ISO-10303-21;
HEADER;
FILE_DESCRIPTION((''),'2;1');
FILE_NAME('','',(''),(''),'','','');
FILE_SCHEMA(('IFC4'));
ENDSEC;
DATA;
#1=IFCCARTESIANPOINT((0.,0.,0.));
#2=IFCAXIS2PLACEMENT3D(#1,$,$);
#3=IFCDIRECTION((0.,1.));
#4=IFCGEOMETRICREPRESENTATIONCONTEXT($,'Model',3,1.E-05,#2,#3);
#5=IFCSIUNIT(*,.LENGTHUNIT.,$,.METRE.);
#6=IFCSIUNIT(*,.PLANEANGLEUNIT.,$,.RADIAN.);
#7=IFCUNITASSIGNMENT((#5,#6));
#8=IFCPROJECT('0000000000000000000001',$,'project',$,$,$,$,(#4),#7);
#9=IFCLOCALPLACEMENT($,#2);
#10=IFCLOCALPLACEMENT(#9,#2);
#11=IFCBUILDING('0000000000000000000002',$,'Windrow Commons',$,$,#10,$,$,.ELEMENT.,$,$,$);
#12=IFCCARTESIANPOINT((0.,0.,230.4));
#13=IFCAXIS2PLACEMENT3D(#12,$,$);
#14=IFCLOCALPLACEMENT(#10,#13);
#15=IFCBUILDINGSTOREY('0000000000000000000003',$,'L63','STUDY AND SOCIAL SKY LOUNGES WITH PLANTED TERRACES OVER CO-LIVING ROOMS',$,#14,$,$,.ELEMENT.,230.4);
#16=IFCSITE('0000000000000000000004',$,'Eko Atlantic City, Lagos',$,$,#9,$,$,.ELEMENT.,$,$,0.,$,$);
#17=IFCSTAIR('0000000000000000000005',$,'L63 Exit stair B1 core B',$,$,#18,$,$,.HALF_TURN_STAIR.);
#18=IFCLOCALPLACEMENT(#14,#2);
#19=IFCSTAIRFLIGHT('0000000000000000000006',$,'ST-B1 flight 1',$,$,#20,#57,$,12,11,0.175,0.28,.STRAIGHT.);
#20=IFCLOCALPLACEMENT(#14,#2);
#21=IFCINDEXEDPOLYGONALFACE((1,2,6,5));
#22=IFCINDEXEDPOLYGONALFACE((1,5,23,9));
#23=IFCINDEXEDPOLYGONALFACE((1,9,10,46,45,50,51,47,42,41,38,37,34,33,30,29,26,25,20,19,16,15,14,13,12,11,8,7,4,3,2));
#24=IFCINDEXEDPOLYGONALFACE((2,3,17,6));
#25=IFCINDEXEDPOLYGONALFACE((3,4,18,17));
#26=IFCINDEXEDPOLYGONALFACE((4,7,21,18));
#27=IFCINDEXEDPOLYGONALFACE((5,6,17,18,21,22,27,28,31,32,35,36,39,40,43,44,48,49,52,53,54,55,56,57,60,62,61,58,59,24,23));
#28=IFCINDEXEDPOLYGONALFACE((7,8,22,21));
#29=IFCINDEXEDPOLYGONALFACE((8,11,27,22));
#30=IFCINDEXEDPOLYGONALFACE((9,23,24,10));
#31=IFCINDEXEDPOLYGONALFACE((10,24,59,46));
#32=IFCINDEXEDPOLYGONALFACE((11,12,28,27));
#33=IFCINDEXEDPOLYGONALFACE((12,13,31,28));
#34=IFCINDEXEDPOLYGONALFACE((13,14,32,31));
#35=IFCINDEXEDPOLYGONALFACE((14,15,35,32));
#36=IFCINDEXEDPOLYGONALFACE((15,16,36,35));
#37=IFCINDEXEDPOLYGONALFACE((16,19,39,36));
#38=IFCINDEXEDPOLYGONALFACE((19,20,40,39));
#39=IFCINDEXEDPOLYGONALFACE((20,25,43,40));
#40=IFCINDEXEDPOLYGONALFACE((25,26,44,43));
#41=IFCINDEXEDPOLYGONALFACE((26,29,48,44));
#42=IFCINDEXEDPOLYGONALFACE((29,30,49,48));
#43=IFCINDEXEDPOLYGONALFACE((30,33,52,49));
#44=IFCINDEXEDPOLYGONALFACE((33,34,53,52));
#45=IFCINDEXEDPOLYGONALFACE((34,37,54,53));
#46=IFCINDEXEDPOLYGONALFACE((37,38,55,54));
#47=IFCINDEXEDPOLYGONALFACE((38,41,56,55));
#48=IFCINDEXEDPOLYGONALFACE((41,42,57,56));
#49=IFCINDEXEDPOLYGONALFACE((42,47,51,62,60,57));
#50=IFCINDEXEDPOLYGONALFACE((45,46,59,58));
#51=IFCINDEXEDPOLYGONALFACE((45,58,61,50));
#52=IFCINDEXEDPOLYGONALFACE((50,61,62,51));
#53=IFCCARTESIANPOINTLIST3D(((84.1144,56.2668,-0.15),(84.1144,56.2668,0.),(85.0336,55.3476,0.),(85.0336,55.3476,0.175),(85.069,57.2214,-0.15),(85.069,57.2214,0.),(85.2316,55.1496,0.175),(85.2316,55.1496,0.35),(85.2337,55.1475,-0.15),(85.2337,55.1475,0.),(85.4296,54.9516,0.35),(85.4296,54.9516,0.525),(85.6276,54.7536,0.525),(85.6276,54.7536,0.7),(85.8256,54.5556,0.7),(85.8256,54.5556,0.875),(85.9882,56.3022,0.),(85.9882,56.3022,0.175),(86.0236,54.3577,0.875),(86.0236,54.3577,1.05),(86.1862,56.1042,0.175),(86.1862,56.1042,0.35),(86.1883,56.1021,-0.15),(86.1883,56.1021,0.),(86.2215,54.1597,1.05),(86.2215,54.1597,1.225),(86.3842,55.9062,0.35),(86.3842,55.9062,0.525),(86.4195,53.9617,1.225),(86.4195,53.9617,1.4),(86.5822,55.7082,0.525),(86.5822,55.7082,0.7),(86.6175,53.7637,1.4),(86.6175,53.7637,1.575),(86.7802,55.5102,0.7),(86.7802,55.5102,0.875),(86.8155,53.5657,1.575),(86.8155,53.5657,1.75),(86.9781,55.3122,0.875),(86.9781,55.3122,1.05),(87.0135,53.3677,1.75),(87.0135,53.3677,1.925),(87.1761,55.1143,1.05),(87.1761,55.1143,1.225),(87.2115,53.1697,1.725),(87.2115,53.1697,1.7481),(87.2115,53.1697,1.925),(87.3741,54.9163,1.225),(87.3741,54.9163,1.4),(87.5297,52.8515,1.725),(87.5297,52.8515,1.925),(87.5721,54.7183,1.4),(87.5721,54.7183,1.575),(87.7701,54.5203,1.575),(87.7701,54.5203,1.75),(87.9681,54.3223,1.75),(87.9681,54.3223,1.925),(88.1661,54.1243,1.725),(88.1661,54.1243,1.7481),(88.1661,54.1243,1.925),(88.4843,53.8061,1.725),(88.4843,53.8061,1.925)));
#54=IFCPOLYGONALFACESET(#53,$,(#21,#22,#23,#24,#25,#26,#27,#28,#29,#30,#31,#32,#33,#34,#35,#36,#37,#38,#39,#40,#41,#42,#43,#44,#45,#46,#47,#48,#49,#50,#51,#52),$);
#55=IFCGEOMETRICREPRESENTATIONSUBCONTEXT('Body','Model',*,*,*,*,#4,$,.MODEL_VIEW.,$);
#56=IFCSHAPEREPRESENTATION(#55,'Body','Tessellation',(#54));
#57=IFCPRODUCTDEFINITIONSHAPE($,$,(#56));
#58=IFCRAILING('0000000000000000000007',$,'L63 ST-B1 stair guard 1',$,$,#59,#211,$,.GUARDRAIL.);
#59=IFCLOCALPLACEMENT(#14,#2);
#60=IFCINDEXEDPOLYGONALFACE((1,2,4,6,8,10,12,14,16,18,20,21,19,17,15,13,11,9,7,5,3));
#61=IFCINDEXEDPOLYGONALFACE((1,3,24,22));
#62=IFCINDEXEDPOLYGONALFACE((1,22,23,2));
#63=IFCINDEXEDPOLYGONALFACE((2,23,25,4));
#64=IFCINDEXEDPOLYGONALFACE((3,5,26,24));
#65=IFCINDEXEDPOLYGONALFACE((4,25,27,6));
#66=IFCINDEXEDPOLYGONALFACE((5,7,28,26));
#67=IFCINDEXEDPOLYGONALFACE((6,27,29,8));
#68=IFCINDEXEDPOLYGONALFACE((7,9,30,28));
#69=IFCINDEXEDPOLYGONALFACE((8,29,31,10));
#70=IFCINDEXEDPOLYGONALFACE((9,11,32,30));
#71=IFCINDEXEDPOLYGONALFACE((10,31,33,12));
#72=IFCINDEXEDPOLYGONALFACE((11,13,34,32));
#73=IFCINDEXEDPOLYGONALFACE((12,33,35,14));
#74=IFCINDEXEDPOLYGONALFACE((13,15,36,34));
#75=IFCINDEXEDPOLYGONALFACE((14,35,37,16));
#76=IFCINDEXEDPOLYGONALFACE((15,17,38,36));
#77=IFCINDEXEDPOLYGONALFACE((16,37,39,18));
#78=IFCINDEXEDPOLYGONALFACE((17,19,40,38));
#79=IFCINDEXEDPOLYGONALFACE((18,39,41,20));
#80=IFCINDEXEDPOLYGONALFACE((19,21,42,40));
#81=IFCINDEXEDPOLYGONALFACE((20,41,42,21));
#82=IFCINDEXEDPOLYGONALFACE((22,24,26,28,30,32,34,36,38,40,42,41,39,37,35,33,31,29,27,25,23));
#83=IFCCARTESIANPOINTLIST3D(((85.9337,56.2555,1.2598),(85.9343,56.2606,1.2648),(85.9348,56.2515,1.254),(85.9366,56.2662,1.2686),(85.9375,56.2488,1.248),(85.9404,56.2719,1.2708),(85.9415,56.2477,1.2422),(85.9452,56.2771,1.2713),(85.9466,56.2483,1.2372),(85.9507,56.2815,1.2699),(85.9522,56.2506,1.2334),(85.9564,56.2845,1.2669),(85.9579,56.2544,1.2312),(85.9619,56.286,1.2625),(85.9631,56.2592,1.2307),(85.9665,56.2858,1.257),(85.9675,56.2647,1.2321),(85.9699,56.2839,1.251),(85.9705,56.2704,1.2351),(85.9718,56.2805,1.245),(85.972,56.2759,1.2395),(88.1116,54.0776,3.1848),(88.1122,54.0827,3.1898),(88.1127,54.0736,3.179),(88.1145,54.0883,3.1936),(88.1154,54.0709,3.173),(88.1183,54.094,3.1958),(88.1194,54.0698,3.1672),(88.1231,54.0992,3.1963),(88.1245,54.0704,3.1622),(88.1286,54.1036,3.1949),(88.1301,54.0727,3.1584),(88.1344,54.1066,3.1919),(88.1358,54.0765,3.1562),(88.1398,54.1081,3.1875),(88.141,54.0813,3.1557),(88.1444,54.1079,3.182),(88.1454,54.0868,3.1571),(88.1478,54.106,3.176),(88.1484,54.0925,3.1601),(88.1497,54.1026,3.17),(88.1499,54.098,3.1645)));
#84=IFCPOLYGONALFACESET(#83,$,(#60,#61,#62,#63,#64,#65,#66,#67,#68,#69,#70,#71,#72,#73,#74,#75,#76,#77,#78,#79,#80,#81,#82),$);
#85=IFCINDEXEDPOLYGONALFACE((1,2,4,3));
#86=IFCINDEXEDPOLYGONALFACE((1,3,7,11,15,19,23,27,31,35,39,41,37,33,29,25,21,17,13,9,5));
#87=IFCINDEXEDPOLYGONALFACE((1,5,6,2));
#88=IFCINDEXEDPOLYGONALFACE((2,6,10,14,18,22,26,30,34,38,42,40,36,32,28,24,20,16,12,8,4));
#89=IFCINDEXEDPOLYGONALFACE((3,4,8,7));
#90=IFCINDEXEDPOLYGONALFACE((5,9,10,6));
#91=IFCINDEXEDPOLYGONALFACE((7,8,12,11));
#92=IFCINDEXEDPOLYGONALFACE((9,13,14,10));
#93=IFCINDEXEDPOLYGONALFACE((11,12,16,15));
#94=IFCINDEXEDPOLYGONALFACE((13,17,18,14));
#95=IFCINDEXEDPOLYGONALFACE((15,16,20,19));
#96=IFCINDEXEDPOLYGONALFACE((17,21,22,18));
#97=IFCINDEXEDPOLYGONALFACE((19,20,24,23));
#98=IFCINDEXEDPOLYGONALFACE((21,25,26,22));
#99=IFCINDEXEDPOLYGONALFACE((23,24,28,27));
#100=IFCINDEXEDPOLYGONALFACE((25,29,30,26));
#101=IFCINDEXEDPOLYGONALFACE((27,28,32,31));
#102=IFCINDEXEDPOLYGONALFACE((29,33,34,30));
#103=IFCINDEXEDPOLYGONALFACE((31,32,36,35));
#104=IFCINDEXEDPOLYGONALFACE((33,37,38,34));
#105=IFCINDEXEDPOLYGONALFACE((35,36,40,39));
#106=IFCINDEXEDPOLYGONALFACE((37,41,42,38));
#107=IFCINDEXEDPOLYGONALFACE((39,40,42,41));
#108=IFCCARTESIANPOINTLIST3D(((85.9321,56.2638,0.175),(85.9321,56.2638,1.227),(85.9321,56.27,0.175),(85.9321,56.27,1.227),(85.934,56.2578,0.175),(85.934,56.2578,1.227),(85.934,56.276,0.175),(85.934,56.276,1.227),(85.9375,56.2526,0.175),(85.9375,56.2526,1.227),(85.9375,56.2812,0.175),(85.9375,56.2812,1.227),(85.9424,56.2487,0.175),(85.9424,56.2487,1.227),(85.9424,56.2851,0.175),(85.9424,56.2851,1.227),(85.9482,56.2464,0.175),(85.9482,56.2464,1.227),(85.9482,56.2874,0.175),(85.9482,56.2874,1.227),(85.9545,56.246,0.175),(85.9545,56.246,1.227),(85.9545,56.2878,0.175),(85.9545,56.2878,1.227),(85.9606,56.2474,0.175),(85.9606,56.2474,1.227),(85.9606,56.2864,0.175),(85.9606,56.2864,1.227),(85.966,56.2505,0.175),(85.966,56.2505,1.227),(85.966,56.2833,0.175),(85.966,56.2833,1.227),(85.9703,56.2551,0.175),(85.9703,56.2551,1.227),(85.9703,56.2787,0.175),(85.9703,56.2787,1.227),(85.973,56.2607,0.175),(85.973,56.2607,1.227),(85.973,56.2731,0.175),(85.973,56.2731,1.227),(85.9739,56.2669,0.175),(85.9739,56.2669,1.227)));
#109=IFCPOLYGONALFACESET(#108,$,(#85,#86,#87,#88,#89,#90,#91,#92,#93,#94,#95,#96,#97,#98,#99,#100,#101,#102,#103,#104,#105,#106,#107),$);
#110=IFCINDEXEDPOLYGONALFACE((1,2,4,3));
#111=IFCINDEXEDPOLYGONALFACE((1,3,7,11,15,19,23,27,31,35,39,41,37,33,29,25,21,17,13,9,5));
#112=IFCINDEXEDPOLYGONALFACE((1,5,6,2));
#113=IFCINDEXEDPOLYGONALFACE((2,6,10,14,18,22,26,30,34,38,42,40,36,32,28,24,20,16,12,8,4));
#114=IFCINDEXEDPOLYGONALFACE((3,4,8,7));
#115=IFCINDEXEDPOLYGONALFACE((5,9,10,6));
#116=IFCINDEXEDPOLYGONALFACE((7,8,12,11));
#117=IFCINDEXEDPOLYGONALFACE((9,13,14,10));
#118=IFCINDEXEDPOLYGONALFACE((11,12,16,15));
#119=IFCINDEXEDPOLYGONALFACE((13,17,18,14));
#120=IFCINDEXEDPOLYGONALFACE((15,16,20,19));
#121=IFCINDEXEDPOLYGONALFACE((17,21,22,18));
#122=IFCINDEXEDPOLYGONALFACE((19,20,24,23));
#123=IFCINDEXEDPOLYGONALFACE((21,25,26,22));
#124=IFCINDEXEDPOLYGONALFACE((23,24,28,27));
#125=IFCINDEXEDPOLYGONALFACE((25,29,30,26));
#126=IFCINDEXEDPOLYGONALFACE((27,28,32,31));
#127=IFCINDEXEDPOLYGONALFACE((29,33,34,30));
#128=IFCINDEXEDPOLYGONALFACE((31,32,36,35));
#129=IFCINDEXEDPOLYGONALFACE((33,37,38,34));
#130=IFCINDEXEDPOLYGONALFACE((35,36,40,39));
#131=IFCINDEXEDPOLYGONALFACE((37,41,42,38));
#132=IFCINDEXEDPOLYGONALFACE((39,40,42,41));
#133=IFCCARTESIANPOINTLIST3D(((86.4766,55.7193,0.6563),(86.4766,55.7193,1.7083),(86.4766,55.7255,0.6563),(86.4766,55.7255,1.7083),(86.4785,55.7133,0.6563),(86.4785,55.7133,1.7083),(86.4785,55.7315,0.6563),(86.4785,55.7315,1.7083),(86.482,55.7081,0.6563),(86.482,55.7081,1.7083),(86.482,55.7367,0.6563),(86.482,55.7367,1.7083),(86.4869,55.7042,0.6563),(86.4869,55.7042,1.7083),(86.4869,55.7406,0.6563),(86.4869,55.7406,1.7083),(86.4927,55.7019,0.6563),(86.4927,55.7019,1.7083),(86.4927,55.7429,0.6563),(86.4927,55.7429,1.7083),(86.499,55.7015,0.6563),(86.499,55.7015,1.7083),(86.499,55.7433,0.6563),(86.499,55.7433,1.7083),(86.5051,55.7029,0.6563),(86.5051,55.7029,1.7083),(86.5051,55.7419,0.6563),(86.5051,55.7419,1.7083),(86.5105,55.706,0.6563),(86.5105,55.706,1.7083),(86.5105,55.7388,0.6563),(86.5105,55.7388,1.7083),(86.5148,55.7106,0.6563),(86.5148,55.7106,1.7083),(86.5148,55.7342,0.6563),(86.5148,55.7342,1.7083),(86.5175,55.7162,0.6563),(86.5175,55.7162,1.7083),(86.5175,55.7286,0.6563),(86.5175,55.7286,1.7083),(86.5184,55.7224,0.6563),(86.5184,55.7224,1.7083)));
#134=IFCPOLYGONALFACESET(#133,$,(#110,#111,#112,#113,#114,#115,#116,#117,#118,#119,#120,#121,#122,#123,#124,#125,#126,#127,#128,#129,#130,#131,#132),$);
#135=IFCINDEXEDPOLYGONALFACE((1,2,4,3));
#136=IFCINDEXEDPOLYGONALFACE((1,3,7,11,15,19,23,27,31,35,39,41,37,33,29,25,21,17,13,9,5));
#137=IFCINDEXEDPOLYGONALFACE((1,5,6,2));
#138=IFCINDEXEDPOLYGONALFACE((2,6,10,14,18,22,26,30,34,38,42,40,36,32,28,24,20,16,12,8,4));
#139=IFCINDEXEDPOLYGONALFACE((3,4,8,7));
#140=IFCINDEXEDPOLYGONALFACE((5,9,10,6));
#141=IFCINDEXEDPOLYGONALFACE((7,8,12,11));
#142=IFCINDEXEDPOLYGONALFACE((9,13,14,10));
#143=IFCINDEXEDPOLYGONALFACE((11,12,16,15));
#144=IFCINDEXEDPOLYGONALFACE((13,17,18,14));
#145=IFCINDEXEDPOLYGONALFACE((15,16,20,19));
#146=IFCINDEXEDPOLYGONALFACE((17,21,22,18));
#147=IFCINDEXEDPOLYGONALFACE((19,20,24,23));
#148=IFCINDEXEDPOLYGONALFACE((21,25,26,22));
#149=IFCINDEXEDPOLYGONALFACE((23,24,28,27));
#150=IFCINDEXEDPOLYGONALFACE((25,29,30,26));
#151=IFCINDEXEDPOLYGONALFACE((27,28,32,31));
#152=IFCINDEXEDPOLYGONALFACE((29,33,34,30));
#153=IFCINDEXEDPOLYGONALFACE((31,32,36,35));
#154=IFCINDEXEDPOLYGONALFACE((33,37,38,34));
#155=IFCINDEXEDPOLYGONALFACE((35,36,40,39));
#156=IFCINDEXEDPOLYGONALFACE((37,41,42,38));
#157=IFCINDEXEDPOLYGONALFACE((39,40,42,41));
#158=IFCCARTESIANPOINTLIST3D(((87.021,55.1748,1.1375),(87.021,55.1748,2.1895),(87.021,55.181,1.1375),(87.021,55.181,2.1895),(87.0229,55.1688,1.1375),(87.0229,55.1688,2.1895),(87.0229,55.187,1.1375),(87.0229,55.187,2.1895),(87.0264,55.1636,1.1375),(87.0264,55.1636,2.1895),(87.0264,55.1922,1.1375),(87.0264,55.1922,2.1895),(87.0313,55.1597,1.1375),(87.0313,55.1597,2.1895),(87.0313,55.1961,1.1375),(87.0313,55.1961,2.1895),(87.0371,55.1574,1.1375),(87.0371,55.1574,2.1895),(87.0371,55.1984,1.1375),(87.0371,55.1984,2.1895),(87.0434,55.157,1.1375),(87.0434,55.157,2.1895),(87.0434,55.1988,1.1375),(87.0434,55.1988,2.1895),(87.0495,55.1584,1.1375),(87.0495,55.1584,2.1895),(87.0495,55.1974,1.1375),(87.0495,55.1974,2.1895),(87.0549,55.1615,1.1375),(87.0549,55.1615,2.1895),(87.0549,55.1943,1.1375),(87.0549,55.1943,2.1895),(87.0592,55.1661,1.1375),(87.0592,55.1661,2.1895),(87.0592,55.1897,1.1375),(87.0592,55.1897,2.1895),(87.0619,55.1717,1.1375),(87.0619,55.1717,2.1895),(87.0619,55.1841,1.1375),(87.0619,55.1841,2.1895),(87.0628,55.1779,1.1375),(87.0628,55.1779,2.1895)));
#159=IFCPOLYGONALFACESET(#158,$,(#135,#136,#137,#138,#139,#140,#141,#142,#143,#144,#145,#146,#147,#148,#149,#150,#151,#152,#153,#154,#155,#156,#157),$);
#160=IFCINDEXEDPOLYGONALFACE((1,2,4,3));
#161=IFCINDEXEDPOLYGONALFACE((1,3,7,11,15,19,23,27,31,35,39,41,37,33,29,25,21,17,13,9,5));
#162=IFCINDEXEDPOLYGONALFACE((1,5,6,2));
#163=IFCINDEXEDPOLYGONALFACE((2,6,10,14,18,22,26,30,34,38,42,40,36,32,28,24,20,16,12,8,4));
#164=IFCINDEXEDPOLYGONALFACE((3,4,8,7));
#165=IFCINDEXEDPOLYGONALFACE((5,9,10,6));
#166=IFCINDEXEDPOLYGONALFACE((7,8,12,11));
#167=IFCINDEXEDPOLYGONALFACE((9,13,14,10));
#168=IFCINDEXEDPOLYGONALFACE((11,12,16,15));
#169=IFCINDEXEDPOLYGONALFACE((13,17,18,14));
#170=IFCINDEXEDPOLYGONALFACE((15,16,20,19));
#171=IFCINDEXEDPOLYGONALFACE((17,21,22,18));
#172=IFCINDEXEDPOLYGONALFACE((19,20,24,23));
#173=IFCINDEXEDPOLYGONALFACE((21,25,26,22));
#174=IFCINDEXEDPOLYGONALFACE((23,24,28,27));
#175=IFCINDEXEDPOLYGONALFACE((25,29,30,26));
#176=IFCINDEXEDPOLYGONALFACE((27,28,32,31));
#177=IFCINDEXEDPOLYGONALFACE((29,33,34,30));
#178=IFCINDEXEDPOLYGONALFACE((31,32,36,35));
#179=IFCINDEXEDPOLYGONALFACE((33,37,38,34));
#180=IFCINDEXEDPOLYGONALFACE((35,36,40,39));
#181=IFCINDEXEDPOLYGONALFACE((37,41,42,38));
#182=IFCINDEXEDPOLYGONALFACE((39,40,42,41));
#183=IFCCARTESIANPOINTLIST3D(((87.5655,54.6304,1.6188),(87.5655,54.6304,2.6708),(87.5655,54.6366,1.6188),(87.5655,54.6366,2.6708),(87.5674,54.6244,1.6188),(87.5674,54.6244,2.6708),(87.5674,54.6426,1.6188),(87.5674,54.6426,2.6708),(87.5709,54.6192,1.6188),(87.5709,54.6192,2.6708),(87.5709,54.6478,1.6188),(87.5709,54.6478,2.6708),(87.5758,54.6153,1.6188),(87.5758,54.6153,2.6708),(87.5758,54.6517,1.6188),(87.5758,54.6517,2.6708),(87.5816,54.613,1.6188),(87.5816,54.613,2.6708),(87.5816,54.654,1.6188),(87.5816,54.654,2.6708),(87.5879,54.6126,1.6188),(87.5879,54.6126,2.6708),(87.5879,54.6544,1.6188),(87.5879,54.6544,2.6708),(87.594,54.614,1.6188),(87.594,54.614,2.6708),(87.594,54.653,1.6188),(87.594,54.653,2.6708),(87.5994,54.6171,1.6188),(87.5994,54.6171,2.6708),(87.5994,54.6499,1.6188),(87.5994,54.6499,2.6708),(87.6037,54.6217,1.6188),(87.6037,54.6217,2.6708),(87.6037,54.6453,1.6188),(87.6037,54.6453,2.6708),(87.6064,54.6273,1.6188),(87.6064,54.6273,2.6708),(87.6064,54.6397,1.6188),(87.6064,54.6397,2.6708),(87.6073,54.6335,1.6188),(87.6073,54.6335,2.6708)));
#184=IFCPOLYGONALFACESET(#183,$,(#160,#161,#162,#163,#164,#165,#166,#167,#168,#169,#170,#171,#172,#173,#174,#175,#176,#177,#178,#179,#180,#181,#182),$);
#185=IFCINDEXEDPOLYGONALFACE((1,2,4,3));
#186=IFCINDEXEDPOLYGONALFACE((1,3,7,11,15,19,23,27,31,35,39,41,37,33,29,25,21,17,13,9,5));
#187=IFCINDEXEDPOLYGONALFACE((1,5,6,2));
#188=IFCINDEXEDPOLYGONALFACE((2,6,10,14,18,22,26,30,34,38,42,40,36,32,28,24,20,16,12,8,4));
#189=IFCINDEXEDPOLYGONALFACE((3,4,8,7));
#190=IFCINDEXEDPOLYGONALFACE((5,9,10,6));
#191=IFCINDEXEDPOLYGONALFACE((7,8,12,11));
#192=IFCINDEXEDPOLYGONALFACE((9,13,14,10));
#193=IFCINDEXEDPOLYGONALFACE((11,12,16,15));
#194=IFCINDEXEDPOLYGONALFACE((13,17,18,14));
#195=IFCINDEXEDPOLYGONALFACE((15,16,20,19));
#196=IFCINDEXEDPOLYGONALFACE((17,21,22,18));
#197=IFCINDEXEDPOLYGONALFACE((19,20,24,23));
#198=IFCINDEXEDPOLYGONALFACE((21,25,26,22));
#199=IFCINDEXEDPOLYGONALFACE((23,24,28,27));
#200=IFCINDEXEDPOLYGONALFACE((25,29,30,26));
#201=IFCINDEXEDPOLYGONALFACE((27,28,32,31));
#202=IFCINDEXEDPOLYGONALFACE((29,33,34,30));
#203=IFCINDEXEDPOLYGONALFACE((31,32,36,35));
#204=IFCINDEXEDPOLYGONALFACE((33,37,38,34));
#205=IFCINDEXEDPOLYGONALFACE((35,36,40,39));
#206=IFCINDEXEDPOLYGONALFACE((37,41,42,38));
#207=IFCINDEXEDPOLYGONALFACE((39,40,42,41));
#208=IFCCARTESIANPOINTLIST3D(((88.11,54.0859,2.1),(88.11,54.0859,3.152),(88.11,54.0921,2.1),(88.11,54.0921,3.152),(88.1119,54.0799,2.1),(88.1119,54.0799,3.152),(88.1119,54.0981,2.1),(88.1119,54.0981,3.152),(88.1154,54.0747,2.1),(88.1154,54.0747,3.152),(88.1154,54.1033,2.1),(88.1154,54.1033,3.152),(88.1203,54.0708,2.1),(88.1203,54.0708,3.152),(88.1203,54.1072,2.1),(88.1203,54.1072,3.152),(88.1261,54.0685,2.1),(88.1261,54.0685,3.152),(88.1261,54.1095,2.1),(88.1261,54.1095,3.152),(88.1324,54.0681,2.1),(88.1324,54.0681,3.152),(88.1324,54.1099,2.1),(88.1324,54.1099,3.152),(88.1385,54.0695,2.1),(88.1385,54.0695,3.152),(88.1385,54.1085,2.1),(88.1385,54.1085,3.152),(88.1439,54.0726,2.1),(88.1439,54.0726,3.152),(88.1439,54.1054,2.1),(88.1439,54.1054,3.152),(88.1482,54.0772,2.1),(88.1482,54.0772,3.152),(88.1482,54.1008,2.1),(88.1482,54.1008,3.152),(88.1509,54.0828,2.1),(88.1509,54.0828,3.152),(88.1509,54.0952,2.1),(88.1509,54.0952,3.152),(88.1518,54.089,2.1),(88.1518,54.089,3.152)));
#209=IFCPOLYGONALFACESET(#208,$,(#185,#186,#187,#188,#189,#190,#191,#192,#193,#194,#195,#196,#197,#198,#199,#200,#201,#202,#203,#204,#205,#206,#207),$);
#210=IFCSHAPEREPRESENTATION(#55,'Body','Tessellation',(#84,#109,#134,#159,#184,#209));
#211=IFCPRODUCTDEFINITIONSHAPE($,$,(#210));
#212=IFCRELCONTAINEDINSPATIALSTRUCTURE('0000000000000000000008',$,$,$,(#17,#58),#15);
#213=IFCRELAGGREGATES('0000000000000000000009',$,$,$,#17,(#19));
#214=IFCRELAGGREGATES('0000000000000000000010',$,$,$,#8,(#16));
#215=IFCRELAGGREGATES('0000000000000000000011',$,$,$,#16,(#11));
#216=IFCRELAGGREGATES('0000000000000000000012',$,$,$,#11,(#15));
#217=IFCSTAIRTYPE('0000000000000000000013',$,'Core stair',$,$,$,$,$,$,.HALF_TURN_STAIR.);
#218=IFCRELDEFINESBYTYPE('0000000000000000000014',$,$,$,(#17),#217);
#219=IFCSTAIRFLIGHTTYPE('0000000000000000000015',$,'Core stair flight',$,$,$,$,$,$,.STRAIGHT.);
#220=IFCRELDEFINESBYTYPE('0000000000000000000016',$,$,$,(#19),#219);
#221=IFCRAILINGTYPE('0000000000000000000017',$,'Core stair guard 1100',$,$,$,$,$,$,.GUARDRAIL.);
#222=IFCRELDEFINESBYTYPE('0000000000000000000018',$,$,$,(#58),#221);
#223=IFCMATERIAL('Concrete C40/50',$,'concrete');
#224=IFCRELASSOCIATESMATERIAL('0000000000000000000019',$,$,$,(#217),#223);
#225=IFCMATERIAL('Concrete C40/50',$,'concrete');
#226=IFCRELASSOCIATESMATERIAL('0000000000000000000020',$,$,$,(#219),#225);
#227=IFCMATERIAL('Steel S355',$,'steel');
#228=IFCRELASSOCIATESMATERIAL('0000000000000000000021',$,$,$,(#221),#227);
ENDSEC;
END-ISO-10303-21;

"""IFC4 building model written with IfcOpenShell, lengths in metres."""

from ifc_helpers import new_model, si_unit, direction, frame, origin, origin_2d, place, context, subcontext, project, spatial, polyline, circle, outline, extrude, material, type_object, element, aggregate, save


model = new_model("IFC4")

# Units and contexts
model_context = context("Model", 3, precision=1e-05, world=origin(), true_north=direction((0.0, 1.0)))
body_context = subcontext(model_context, "Body", "Model", "MODEL_VIEW")
ifc_project = project(units=[si_unit("LENGTHUNIT", "METRE"), si_unit("PLANEANGLEUNIT", "RADIAN")], contexts=[model_context])

# Site, building, storey
site_placement = place(None, origin())
site = spatial("IfcSite", under=ifc_project, at=site_placement, Name="Eko Atlantic City, Lagos", CompositionType="ELEMENT", RefElevation=0.0)
building_placement = place(site_placement, origin())
building = spatial("IfcBuilding", under=site, at=building_placement, Name="Windrow Commons", CompositionType="ELEMENT")
storey_placement = place(building_placement, frame((0.0, 0.0, 230.4)))
storey = spatial("IfcBuildingStorey", under=building, at=storey_placement, Name="L63", Description="STUDY AND SOCIAL SKY LOUNGES WITH PLANTED TERRACES OVER CO-LIVING ROOMS", CompositionType="ELEMENT", Elevation=230.4)

# Shared definitions
placement = place(storey_placement, origin())

# Stair, stair flight
ifc_material_1 = material(Name="Concrete C40/50", Category="concrete")
stair_type = type_object("IfcStairType", Name="Core stair", PredefinedType="HALF_TURN_STAIR", material=ifc_material_1)
stair = element("IfcStair", 1, at=placement, inside=storey, type_object=stair_type, Name="L63 Exit stair B1 core B", PredefinedType="HALF_TURN_STAIR")
ifc_material_2 = material(Name="Concrete C40/50", Category="concrete")
stair_flight_type = type_object("IfcStairFlightType", Name="Core stair flight", PredefinedType="STRAIGHT", material=ifc_material_2)
stair_flight_placement = place(storey_placement, frame((85.5109, 55.8249, 0.0), z_axis=(0.0, 0.0, 1.0), x_axis=(0.707107, -0.707107, 0.0)))
stair_flight = element("IfcStairFlight", 2, at=stair_flight_placement, type_object=stair_flight_type, Name="ST-B1 flight 1", NumberOfRisers=12, NumberOfTreads=11, PredefinedType="STRAIGHT", RiserHeight=0.175, TreadLength=0.28, context=body_context, shape_type="SweptSolid", body=[
    extrude(outline(polyline([(-1.3, -0.15), (-1.3, 0.0), (0.0, 0.0), (0.0, 0.175), (0.28, 0.175), (0.28, 0.35), (0.56, 0.35), (0.56, 0.525), (0.84, 0.525), (0.84, 0.7), (1.12, 0.7), (1.12, 0.875), (1.4, 0.875), (1.4, 1.05), (1.68, 1.05), (1.68, 1.225), (1.96, 1.225), (1.96, 1.4), (2.24, 1.4), (2.24, 1.575), (2.52, 1.575), (2.52, 1.75), (2.8, 1.75), (2.8, 1.925), (3.08, 1.925), (3.53, 1.925), (3.53, 1.725), (3.08, 1.725), (3.08, 1.7481), (0.283, 0.0), (0.283, -0.15), (-1.3, -0.15)])), frame((0.0, 0.675, 0.0), z_axis=(0.0, -1.0, 0.0), x_axis=(1.0, 0.0, 0.0)), (0.0, 0.0, 1.0), 1.35),
])
aggregate(stair, [stair_flight])

# Railing
ifc_material_3 = material(Name="Steel S355", Category="steel")
railing_type_1 = type_object("IfcRailingType", Name="Core stair guard 1100", PredefinedType="GUARDRAIL", material=ifc_material_3)
railing_1_placement = place(storey_placement, frame((85.9529, 56.2669, 0.175)))
element("IfcRailing", 3, at=railing_1_placement, inside=storey, type_object=railing_type_1, Name="L63 ST-B1 stair guard 1", PredefinedType="GUARDRAIL", context=body_context, shape_type="SweptSolid", body=[
    extrude(circle(Radius=0.024, at=origin_2d()), frame((0.0, 0.0, 1.076), z_axis=(0.599626, -0.599626, 0.529997), x_axis=(0.707107, 0.707107, 0.0)), (0.0, 0.0, 1.0), 3.6321),
    extrude(circle(Radius=0.021, at=origin_2d()), origin(), (0.0, 0.0, 1.0), 1.052),
    extrude(circle(Radius=0.021, at=origin_2d()), frame((0.5445, -0.5445, 0.4813)), (0.0, 0.0, 1.0), 1.052),
    extrude(circle(Radius=0.021, at=origin_2d()), frame((1.0889, -1.089, 0.9625)), (0.0, 0.0, 1.0), 1.052),
    extrude(circle(Radius=0.021, at=origin_2d()), frame((1.6334, -1.6334, 1.4438)), (0.0, 0.0, 1.0), 1.052),
    extrude(circle(Radius=0.021, at=origin_2d()), frame((2.1779, -2.1779, 1.925)), (0.0, 0.0, 1.0), 1.052),
])

save(model, "model.ifc")
